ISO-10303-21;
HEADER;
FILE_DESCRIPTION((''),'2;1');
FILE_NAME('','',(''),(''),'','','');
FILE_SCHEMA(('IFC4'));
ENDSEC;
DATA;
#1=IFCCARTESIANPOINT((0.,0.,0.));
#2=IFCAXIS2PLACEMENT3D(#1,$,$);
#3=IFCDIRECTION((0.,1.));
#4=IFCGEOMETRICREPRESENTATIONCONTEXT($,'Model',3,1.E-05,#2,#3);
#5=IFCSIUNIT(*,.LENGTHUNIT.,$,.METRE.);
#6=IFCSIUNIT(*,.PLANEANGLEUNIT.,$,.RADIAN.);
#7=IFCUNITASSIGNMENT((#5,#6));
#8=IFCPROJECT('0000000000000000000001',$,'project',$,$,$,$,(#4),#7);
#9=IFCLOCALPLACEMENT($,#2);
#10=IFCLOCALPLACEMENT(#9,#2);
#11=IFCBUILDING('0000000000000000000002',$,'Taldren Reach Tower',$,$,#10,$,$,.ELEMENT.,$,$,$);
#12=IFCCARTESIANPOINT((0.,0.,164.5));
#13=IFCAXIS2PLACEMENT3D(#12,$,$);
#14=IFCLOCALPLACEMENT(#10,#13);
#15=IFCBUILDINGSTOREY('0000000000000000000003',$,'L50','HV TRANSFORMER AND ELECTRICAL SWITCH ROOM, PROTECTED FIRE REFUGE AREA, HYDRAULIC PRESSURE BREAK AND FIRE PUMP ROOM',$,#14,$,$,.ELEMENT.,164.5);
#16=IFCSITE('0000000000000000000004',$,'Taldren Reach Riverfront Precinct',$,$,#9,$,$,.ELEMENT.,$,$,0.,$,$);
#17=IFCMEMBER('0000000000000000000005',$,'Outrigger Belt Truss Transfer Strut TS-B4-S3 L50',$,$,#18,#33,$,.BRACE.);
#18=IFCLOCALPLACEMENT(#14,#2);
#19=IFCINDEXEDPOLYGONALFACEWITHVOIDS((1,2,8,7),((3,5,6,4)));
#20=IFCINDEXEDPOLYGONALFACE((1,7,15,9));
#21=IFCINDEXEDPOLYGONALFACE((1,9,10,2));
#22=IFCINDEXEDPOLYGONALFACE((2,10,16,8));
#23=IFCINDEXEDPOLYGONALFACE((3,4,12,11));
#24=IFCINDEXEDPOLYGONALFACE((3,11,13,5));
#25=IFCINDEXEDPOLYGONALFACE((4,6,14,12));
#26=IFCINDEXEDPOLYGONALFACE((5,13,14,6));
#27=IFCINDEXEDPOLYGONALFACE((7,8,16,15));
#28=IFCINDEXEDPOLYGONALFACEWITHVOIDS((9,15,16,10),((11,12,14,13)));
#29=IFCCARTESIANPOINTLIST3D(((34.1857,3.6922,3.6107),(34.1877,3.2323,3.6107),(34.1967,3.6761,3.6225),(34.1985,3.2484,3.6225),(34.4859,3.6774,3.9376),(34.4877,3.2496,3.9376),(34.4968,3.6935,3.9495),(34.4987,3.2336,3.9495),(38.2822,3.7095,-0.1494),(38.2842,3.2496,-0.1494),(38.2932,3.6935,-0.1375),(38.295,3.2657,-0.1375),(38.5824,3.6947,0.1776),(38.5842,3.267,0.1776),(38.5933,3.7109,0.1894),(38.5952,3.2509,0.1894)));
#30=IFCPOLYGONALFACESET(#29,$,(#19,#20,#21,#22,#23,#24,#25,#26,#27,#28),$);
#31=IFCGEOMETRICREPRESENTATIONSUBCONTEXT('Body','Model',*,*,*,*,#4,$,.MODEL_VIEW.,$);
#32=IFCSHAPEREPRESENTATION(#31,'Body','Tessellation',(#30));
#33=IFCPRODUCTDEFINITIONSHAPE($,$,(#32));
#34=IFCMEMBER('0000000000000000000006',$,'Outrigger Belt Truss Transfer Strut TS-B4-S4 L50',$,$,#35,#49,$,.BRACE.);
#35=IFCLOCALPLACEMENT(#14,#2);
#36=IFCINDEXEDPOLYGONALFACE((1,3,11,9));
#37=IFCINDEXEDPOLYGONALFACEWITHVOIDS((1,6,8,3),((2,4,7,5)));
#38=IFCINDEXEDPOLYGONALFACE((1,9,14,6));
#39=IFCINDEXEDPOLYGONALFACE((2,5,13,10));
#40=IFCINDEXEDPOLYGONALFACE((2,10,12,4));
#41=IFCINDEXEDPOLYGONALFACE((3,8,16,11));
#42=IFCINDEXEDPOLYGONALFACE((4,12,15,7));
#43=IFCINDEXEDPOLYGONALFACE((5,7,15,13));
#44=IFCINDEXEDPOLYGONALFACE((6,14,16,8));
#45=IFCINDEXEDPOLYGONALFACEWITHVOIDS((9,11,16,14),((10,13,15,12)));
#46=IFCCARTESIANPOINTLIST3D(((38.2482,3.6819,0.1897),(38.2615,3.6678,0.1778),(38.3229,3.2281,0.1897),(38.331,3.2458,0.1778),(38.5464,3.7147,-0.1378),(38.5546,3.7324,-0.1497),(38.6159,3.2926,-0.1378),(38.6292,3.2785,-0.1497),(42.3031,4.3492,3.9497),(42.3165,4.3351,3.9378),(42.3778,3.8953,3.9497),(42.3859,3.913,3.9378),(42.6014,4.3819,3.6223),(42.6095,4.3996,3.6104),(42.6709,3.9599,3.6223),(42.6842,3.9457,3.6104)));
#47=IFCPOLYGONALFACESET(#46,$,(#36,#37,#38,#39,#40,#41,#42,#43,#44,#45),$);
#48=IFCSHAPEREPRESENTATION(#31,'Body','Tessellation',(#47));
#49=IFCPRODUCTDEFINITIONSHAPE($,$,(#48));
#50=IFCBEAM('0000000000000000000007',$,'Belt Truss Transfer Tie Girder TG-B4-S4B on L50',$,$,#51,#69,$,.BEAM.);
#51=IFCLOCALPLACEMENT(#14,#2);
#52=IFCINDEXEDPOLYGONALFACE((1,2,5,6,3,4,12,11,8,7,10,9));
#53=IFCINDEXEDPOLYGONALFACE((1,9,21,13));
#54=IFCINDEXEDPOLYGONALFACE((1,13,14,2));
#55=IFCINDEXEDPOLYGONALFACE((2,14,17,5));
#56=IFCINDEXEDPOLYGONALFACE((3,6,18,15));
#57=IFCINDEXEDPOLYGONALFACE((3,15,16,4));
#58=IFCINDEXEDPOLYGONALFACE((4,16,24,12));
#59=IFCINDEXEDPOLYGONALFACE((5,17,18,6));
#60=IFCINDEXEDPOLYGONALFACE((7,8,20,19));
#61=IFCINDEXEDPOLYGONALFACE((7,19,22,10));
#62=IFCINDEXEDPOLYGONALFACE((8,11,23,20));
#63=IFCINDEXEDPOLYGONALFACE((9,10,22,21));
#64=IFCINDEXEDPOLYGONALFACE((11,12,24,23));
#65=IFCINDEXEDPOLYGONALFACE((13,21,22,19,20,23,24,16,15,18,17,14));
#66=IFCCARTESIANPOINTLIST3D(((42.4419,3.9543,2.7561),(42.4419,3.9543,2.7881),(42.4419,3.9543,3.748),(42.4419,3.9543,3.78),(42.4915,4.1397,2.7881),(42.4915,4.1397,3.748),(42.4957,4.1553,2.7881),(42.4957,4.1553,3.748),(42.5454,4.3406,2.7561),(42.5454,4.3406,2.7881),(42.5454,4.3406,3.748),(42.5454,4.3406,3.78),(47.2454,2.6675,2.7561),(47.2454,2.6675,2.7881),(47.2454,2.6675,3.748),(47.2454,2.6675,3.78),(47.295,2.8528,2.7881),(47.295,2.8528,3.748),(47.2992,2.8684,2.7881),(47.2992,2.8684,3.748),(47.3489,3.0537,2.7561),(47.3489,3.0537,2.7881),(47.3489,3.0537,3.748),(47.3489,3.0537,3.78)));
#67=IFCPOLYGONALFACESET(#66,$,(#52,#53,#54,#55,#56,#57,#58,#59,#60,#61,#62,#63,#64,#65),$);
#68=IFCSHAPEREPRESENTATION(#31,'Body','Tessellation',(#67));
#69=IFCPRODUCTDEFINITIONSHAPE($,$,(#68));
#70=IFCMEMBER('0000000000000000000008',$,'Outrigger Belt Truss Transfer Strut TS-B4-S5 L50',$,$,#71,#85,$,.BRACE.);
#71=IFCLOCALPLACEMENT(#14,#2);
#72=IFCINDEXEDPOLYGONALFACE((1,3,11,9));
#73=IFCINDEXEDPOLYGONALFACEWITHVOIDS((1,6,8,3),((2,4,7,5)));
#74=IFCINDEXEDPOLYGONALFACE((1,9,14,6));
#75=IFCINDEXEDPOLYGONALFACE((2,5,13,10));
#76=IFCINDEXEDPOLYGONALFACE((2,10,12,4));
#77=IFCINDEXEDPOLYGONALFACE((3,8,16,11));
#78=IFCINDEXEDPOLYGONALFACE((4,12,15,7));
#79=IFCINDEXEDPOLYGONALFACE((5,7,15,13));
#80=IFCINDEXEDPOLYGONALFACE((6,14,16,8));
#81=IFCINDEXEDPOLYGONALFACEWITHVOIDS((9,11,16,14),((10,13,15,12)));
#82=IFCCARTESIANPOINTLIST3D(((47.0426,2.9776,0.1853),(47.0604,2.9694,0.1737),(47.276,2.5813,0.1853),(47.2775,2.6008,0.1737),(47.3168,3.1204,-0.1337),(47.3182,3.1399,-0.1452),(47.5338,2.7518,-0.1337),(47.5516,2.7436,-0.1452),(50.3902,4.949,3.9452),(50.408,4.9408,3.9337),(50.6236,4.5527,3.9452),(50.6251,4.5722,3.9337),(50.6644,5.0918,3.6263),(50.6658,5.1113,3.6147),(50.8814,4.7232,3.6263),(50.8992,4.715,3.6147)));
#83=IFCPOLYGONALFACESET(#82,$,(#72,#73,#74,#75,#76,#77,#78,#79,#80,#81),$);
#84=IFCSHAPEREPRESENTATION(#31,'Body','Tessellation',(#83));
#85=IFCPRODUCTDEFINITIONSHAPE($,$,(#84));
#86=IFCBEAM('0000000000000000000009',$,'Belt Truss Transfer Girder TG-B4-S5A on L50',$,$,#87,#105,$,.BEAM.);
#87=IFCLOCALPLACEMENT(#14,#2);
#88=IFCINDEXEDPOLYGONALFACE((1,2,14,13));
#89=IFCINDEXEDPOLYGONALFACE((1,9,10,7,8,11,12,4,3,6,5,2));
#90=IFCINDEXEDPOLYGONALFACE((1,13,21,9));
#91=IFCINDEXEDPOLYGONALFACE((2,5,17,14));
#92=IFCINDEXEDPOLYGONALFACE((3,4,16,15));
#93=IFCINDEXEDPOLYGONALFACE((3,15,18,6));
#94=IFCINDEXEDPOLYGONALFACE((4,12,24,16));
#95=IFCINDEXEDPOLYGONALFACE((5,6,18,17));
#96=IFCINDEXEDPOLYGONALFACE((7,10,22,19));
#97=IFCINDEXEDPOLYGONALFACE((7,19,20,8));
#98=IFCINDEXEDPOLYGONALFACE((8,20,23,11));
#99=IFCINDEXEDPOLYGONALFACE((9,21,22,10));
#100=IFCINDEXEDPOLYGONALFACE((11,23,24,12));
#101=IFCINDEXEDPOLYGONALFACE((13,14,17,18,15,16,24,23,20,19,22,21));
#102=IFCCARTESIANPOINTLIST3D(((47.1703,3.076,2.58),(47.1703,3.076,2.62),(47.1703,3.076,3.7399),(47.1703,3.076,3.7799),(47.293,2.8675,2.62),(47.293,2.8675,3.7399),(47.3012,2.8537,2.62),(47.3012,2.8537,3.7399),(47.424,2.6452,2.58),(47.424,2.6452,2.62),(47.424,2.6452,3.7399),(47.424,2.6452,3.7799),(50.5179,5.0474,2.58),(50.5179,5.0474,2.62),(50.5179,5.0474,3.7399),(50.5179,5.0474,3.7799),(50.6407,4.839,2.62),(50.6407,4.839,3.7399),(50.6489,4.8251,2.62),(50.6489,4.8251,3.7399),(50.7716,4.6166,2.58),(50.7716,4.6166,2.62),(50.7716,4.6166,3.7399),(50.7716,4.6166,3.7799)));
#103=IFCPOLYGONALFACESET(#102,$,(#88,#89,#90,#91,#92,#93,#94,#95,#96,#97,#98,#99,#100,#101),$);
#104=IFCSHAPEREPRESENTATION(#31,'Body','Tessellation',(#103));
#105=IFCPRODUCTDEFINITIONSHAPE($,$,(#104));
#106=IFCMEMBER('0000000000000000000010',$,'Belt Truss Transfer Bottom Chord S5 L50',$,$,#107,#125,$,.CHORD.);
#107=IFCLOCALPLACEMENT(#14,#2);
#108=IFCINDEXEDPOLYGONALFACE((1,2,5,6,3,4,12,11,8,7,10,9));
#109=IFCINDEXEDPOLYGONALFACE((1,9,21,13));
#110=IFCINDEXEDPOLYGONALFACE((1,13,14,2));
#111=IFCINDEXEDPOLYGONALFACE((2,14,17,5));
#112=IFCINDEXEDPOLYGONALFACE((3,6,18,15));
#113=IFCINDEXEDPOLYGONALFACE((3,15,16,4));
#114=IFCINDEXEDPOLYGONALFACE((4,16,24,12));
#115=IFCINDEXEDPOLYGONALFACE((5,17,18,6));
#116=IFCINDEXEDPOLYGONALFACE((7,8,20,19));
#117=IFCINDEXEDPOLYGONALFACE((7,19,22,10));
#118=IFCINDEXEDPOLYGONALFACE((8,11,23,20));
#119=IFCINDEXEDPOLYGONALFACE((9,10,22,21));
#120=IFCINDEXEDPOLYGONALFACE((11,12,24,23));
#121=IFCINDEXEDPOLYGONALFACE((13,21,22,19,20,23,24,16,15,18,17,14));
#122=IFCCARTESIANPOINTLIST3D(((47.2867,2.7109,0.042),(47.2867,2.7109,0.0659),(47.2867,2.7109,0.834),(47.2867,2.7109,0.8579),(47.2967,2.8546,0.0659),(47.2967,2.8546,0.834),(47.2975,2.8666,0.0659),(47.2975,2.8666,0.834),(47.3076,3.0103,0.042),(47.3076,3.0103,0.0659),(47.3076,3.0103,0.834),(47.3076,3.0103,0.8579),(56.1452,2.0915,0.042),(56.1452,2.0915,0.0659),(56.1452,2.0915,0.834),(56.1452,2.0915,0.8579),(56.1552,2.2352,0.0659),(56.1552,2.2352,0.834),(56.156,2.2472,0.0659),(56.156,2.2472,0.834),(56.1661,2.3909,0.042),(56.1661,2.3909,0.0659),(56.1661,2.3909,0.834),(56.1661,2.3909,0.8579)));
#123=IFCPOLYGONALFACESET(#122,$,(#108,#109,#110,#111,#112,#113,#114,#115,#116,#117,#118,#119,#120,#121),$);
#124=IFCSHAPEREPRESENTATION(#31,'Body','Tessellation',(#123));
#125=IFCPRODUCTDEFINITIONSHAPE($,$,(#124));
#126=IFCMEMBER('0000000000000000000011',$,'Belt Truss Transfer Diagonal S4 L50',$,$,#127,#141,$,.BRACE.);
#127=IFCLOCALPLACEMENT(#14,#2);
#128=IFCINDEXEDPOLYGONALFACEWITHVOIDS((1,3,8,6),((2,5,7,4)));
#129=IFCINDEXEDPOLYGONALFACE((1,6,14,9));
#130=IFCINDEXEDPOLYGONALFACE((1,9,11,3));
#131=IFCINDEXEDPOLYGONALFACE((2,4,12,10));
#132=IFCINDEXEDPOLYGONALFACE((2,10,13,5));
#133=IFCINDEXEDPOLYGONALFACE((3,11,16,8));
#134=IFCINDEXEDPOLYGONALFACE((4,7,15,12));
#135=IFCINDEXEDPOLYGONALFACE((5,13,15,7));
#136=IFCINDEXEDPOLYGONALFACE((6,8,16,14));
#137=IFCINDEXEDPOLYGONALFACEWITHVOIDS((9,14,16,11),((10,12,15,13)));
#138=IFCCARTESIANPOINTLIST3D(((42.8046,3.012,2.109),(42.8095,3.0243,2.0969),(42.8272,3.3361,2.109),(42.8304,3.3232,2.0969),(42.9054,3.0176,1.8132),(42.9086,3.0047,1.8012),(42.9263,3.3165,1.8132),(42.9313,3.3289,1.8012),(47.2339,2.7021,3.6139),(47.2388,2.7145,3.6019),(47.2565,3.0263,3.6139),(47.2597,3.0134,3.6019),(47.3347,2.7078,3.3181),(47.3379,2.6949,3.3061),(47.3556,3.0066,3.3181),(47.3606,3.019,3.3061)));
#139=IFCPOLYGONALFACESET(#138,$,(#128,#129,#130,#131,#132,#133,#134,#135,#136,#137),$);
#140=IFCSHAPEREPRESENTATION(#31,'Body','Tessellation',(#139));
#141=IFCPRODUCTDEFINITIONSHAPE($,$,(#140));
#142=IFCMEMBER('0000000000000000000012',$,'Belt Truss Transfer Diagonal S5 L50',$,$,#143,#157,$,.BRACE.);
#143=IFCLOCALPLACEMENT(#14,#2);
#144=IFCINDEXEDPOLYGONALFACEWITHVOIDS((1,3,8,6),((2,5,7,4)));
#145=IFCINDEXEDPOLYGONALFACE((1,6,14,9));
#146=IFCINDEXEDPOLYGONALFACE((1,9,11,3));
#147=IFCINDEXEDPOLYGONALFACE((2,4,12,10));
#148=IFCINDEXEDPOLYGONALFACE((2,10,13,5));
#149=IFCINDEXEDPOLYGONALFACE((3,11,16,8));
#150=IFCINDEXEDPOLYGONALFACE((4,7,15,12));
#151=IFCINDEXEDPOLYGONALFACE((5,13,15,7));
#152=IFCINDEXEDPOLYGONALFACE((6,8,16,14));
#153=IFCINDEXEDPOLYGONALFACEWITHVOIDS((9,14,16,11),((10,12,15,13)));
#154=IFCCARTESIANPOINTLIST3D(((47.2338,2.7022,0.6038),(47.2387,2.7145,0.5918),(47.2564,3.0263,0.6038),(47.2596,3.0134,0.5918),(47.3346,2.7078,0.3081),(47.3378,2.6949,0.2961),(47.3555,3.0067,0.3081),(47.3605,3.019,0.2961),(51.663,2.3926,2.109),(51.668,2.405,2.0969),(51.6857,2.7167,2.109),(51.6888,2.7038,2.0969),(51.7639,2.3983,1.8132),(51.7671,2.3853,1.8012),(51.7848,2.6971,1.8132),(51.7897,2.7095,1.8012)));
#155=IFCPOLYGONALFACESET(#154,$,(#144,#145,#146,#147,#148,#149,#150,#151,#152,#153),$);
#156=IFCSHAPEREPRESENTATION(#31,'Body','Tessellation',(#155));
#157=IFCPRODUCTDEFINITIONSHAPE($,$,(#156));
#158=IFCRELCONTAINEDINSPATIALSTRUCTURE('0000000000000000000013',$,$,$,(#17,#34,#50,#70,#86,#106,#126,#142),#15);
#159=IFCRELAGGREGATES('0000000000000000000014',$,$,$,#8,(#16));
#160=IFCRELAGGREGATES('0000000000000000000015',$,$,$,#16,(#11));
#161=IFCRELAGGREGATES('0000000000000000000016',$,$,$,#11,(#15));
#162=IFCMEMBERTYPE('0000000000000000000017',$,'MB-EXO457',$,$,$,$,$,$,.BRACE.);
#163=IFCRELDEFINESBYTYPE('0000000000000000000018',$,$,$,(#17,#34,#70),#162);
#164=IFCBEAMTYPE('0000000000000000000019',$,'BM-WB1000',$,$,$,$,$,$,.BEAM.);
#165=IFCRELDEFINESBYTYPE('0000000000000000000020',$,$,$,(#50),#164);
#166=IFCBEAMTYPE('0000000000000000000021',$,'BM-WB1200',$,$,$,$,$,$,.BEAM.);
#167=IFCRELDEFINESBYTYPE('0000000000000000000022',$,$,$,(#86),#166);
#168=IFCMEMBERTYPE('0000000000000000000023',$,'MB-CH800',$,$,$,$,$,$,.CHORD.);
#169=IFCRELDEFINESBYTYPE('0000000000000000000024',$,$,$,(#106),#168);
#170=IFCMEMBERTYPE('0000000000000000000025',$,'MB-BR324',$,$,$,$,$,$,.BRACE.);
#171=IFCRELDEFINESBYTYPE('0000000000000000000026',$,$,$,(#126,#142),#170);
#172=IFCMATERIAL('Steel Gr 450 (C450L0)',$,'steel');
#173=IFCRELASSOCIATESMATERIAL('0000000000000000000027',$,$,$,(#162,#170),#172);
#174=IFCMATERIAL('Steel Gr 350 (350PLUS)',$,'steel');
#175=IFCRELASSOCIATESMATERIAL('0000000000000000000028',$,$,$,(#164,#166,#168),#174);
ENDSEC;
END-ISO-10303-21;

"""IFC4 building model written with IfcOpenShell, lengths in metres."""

from ifc_helpers import new_model, si_unit, direction, frame, origin, origin_2d, place, context, subcontext, project, spatial, hollow_rectangle, i_section, extrude, source, transform, mapped, material, material_profile, profile_set, type_object, element, save


model = new_model("IFC4")

# Units and contexts
model_context = context("Model", 3, precision=1e-05, world=origin(), true_north=direction((0.0, 1.0)))
body_context = subcontext(model_context, "Body", "Model", "MODEL_VIEW")
ifc_project = project(units=[si_unit("LENGTHUNIT", "METRE"), si_unit("PLANEANGLEUNIT", "RADIAN")], contexts=[model_context])

# Site, building, storey
site_placement = place(None, origin())
site = spatial("IfcSite", under=ifc_project, at=site_placement, Name="Taldren Reach Riverfront Precinct", CompositionType="ELEMENT", RefElevation=0.0)
building_placement = place(site_placement, origin())
building = spatial("IfcBuilding", under=site, at=building_placement, Name="Taldren Reach Tower", CompositionType="ELEMENT")
storey_placement = place(building_placement, frame((0.0, 0.0, 164.5)))
storey = spatial("IfcBuildingStorey", under=building, at=storey_placement, Name="L50", Description="HV TRANSFORMER AND ELECTRICAL SWITCH ROOM, PROTECTED FIRE REFUGE AREA, HYDRAULIC PRESSURE BREAK AND FIRE PUMP ROOM", CompositionType="ELEMENT", Elevation=164.5)

# Shared definitions
ifc_material_1 = material(Name="Steel Gr 350 (350PLUS)", Category="steel")

# Shared definitions
ifc_material_2 = material(Name="Steel Gr 450 (C450L0)", Category="steel")

# Members
ifc_material_profile_1 = material_profile(ifc_material_2, hollow_rectangle(XDim=0.46, YDim=0.46, WallThickness=0.0161, at=origin_2d()), Name="460x460x16.0SHS")
ifc_profile_set_1 = profile_set([ifc_material_profile_1], Name="Steel Gr 450 (C450L0)")
member_type_1 = type_object("IfcMemberType", Name="MB-EXO457", PredefinedType="BRACE", material=ifc_profile_set_1)
shared_shape_1 = source(origin(), body_context, "Body", "SweptSolid", [
    extrude(hollow_rectangle(XDim=0.46, YDim=0.46, WallThickness=0.0161, at=origin_2d()), origin(), (0.0, 0.0, 1.0), 5.5605),
])
member_1_placement = place(storey_placement, frame((38.4387, 3.4802, 0.02), z_axis=(-0.736708, -0.003117, 0.676204), x_axis=(0.004231, -0.999991, 0.0)))
element("IfcMember", 1, at=member_1_placement, inside=storey, type_object=member_type_1, Name="Outrigger Belt Truss Transfer Strut TS-B4-S3 L50", PredefinedType="BRACE", context=body_context, shape_type="MappedRepresentation", body=[
    mapped(shared_shape_1, transform((0.0, 0.0, 0.0), scale=1.0)),
])
shared_shape_2 = source(origin(), body_context, "Body", "SweptSolid", [
    extrude(hollow_rectangle(XDim=0.46, YDim=0.46, WallThickness=0.0161, at=origin_2d()), origin(), (0.0, 0.0, 1.0), 5.5701),
])
member_2_placement = place(storey_placement, frame((38.4387, 3.4802, 0.02), z_axis=(0.72799, 0.11979, 0.675042), x_axis=(-0.162366, 0.986731, 0.0)))
element("IfcMember", 2, at=member_2_placement, inside=storey, type_object=member_type_1, Name="Outrigger Belt Truss Transfer Strut TS-B4-S4 L50", PredefinedType="BRACE", context=body_context, shape_type="MappedRepresentation", body=[
    mapped(shared_shape_2, transform((0.0, 0.0, 0.0), scale=1.0)),
])

# Beam
ifc_material_profile_2 = material_profile(ifc_material_1, i_section(OverallWidth=0.3999, OverallDepth=1.0239, WebThickness=0.0161, FlangeThickness=0.032, at=origin_2d()), Name="1000WB322")
ifc_profile_set_2 = profile_set([ifc_material_profile_2], Name="Steel Gr 350 (350PLUS)")
beam_type_1 = type_object("IfcBeamType", Name="BM-WB1000", PredefinedType="BEAM", material=ifc_profile_set_2)
shared_shape_3 = source(origin(), body_context, "Body", "SweptSolid", [
    extrude(i_section(OverallWidth=0.3999, OverallDepth=1.0239, WebThickness=0.0161, FlangeThickness=0.032, at=origin_2d()), origin(), (0.0, 0.0, 1.0), 4.9729),
])
beam_1_placement = place(storey_placement, frame((47.2971, 2.8606, 3.2681), z_axis=(-0.965937, 0.258778, 0.0), x_axis=(-0.258778, -0.965937, 0.0)))
element("IfcBeam", 3, at=beam_1_placement, inside=storey, type_object=beam_type_1, Name="Belt Truss Transfer Tie Girder TG-B4-S4B on L50", PredefinedType="BEAM", context=body_context, shape_type="MappedRepresentation", body=[
    mapped(shared_shape_3, transform((0.0, 0.0, 0.0), scale=1.0)),
])

# Member
shared_shape_4 = source(origin(), body_context, "Body", "SweptSolid", [
    extrude(hollow_rectangle(XDim=0.46, YDim=0.46, WallThickness=0.0161, at=origin_2d()), origin(), (0.0, 0.0, 1.0), 5.4065),
])
member_3_placement = place(storey_placement, frame((47.2971, 2.8606, 0.02), z_axis=(0.619183, 0.364637, 0.695452), x_axis=(-0.507446, 0.861684, 0.0)))
element("IfcMember", 4, at=member_3_placement, inside=storey, type_object=member_type_1, Name="Outrigger Belt Truss Transfer Strut TS-B4-S5 L50", PredefinedType="BRACE", context=body_context, shape_type="MappedRepresentation", body=[
    mapped(shared_shape_4, transform((0.0, 0.0, 0.0), scale=1.0)),
])

# Beam
ifc_material_profile_3 = material_profile(ifc_material_1, i_section(OverallWidth=0.5, OverallDepth=1.2, WebThickness=0.0161, FlangeThickness=0.04, at=origin_2d()), Name="1200WB455")
ifc_profile_set_3 = profile_set([ifc_material_profile_3], Name="Steel Gr 350 (350PLUS)")
beam_type_2 = type_object("IfcBeamType", Name="BM-WB1200", PredefinedType="BEAM", material=ifc_profile_set_3)
shared_shape_5 = source(origin(), body_context, "Body", "SweptSolid", [
    extrude(i_section(OverallWidth=0.5, OverallDepth=1.2, WebThickness=0.0161, FlangeThickness=0.04, at=origin_2d()), origin(), (0.0, 0.0, 1.0), 3.885),
])
beam_2_placement = place(storey_placement, frame((47.2971, 2.8606, 3.1799), z_axis=(0.861684, 0.507446, 0.0), x_axis=(-0.507446, 0.861684, 0.0)))
element("IfcBeam", 5, at=beam_2_placement, inside=storey, type_object=beam_type_2, Name="Belt Truss Transfer Girder TG-B4-S5A on L50", PredefinedType="BEAM", context=body_context, shape_type="MappedRepresentation", body=[
    mapped(shared_shape_5, transform((0.0, 0.0, 0.0), scale=1.0)),
])

# Members
ifc_material_profile_4 = material_profile(ifc_material_1, i_section(OverallWidth=0.3, OverallDepth=0.8159, WebThickness=0.012, FlangeThickness=0.0239, at=origin_2d()), Name="800WB192")
ifc_profile_set_4 = profile_set([ifc_material_profile_4], Name="Steel Gr 350 (350PLUS)")
member_type_2 = type_object("IfcMemberType", Name="MB-CH800", PredefinedType="CHORD", material=ifc_profile_set_4)
shared_shape_6 = source(origin(), body_context, "Body", "SweptSolid", [
    extrude(i_section(OverallWidth=0.3, OverallDepth=0.8159, WebThickness=0.012, FlangeThickness=0.0239, at=origin_2d()), origin(), (0.0, 0.0, 1.0), 8.8801),
])
member_4_placement = place(storey_placement, frame((47.2971, 2.8606, 0.45), z_axis=(0.997564, -0.06975, 0.0), x_axis=(0.06975, 0.997564, 0.0)))
element("IfcMember", 6, at=member_4_placement, inside=storey, type_object=member_type_2, Name="Belt Truss Transfer Bottom Chord S5 L50", PredefinedType="CHORD", context=body_context, shape_type="MappedRepresentation", body=[
    mapped(shared_shape_6, transform((0.0, 0.0, 0.0), scale=1.0)),
])
ifc_material_profile_5 = material_profile(ifc_material_2, hollow_rectangle(XDim=0.325, YDim=0.325, WallThickness=0.0127, at=origin_2d()), Name="325x325x12.7SHS")
ifc_profile_set_5 = profile_set([ifc_material_profile_5], Name="Steel Gr 450 (C450L0)")
member_type_3 = type_object("IfcMemberType", Name="MB-BR324", PredefinedType="BRACE", material=ifc_profile_set_5)
shared_shape_7 = source(origin(), body_context, "Body", "SweptSolid", [
    extrude(hollow_rectangle(XDim=0.325, YDim=0.325, WallThickness=0.0127, at=origin_2d()), origin(), (0.0, 0.0, 1.0), 4.6882),
])
for number, where, z_axis, x_axis, name in (
    (7, (42.8679, 3.1704, 1.9551), (0.944771, -0.066085, 0.320999), (0.069778, 0.997563, 0.0), "Belt Truss Transfer Diagonal S4 L50"),
    (8, (47.2971, 2.8606, 0.45), (0.944758, -0.066032, 0.321047), (0.069723, 0.997566, 0.0), "Belt Truss Transfer Diagonal S5 L50"),
):
    element("IfcMember", number, at=place(storey_placement, frame(where, z_axis=z_axis, x_axis=x_axis)), inside=storey, type_object=member_type_3, Name=name, PredefinedType="BRACE", context=body_context, shape_type="MappedRepresentation", body=[
        mapped(shared_shape_7, transform((0.0, 0.0, 0.0), scale=1.0)),
    ])

save(model, "model.ifc")
